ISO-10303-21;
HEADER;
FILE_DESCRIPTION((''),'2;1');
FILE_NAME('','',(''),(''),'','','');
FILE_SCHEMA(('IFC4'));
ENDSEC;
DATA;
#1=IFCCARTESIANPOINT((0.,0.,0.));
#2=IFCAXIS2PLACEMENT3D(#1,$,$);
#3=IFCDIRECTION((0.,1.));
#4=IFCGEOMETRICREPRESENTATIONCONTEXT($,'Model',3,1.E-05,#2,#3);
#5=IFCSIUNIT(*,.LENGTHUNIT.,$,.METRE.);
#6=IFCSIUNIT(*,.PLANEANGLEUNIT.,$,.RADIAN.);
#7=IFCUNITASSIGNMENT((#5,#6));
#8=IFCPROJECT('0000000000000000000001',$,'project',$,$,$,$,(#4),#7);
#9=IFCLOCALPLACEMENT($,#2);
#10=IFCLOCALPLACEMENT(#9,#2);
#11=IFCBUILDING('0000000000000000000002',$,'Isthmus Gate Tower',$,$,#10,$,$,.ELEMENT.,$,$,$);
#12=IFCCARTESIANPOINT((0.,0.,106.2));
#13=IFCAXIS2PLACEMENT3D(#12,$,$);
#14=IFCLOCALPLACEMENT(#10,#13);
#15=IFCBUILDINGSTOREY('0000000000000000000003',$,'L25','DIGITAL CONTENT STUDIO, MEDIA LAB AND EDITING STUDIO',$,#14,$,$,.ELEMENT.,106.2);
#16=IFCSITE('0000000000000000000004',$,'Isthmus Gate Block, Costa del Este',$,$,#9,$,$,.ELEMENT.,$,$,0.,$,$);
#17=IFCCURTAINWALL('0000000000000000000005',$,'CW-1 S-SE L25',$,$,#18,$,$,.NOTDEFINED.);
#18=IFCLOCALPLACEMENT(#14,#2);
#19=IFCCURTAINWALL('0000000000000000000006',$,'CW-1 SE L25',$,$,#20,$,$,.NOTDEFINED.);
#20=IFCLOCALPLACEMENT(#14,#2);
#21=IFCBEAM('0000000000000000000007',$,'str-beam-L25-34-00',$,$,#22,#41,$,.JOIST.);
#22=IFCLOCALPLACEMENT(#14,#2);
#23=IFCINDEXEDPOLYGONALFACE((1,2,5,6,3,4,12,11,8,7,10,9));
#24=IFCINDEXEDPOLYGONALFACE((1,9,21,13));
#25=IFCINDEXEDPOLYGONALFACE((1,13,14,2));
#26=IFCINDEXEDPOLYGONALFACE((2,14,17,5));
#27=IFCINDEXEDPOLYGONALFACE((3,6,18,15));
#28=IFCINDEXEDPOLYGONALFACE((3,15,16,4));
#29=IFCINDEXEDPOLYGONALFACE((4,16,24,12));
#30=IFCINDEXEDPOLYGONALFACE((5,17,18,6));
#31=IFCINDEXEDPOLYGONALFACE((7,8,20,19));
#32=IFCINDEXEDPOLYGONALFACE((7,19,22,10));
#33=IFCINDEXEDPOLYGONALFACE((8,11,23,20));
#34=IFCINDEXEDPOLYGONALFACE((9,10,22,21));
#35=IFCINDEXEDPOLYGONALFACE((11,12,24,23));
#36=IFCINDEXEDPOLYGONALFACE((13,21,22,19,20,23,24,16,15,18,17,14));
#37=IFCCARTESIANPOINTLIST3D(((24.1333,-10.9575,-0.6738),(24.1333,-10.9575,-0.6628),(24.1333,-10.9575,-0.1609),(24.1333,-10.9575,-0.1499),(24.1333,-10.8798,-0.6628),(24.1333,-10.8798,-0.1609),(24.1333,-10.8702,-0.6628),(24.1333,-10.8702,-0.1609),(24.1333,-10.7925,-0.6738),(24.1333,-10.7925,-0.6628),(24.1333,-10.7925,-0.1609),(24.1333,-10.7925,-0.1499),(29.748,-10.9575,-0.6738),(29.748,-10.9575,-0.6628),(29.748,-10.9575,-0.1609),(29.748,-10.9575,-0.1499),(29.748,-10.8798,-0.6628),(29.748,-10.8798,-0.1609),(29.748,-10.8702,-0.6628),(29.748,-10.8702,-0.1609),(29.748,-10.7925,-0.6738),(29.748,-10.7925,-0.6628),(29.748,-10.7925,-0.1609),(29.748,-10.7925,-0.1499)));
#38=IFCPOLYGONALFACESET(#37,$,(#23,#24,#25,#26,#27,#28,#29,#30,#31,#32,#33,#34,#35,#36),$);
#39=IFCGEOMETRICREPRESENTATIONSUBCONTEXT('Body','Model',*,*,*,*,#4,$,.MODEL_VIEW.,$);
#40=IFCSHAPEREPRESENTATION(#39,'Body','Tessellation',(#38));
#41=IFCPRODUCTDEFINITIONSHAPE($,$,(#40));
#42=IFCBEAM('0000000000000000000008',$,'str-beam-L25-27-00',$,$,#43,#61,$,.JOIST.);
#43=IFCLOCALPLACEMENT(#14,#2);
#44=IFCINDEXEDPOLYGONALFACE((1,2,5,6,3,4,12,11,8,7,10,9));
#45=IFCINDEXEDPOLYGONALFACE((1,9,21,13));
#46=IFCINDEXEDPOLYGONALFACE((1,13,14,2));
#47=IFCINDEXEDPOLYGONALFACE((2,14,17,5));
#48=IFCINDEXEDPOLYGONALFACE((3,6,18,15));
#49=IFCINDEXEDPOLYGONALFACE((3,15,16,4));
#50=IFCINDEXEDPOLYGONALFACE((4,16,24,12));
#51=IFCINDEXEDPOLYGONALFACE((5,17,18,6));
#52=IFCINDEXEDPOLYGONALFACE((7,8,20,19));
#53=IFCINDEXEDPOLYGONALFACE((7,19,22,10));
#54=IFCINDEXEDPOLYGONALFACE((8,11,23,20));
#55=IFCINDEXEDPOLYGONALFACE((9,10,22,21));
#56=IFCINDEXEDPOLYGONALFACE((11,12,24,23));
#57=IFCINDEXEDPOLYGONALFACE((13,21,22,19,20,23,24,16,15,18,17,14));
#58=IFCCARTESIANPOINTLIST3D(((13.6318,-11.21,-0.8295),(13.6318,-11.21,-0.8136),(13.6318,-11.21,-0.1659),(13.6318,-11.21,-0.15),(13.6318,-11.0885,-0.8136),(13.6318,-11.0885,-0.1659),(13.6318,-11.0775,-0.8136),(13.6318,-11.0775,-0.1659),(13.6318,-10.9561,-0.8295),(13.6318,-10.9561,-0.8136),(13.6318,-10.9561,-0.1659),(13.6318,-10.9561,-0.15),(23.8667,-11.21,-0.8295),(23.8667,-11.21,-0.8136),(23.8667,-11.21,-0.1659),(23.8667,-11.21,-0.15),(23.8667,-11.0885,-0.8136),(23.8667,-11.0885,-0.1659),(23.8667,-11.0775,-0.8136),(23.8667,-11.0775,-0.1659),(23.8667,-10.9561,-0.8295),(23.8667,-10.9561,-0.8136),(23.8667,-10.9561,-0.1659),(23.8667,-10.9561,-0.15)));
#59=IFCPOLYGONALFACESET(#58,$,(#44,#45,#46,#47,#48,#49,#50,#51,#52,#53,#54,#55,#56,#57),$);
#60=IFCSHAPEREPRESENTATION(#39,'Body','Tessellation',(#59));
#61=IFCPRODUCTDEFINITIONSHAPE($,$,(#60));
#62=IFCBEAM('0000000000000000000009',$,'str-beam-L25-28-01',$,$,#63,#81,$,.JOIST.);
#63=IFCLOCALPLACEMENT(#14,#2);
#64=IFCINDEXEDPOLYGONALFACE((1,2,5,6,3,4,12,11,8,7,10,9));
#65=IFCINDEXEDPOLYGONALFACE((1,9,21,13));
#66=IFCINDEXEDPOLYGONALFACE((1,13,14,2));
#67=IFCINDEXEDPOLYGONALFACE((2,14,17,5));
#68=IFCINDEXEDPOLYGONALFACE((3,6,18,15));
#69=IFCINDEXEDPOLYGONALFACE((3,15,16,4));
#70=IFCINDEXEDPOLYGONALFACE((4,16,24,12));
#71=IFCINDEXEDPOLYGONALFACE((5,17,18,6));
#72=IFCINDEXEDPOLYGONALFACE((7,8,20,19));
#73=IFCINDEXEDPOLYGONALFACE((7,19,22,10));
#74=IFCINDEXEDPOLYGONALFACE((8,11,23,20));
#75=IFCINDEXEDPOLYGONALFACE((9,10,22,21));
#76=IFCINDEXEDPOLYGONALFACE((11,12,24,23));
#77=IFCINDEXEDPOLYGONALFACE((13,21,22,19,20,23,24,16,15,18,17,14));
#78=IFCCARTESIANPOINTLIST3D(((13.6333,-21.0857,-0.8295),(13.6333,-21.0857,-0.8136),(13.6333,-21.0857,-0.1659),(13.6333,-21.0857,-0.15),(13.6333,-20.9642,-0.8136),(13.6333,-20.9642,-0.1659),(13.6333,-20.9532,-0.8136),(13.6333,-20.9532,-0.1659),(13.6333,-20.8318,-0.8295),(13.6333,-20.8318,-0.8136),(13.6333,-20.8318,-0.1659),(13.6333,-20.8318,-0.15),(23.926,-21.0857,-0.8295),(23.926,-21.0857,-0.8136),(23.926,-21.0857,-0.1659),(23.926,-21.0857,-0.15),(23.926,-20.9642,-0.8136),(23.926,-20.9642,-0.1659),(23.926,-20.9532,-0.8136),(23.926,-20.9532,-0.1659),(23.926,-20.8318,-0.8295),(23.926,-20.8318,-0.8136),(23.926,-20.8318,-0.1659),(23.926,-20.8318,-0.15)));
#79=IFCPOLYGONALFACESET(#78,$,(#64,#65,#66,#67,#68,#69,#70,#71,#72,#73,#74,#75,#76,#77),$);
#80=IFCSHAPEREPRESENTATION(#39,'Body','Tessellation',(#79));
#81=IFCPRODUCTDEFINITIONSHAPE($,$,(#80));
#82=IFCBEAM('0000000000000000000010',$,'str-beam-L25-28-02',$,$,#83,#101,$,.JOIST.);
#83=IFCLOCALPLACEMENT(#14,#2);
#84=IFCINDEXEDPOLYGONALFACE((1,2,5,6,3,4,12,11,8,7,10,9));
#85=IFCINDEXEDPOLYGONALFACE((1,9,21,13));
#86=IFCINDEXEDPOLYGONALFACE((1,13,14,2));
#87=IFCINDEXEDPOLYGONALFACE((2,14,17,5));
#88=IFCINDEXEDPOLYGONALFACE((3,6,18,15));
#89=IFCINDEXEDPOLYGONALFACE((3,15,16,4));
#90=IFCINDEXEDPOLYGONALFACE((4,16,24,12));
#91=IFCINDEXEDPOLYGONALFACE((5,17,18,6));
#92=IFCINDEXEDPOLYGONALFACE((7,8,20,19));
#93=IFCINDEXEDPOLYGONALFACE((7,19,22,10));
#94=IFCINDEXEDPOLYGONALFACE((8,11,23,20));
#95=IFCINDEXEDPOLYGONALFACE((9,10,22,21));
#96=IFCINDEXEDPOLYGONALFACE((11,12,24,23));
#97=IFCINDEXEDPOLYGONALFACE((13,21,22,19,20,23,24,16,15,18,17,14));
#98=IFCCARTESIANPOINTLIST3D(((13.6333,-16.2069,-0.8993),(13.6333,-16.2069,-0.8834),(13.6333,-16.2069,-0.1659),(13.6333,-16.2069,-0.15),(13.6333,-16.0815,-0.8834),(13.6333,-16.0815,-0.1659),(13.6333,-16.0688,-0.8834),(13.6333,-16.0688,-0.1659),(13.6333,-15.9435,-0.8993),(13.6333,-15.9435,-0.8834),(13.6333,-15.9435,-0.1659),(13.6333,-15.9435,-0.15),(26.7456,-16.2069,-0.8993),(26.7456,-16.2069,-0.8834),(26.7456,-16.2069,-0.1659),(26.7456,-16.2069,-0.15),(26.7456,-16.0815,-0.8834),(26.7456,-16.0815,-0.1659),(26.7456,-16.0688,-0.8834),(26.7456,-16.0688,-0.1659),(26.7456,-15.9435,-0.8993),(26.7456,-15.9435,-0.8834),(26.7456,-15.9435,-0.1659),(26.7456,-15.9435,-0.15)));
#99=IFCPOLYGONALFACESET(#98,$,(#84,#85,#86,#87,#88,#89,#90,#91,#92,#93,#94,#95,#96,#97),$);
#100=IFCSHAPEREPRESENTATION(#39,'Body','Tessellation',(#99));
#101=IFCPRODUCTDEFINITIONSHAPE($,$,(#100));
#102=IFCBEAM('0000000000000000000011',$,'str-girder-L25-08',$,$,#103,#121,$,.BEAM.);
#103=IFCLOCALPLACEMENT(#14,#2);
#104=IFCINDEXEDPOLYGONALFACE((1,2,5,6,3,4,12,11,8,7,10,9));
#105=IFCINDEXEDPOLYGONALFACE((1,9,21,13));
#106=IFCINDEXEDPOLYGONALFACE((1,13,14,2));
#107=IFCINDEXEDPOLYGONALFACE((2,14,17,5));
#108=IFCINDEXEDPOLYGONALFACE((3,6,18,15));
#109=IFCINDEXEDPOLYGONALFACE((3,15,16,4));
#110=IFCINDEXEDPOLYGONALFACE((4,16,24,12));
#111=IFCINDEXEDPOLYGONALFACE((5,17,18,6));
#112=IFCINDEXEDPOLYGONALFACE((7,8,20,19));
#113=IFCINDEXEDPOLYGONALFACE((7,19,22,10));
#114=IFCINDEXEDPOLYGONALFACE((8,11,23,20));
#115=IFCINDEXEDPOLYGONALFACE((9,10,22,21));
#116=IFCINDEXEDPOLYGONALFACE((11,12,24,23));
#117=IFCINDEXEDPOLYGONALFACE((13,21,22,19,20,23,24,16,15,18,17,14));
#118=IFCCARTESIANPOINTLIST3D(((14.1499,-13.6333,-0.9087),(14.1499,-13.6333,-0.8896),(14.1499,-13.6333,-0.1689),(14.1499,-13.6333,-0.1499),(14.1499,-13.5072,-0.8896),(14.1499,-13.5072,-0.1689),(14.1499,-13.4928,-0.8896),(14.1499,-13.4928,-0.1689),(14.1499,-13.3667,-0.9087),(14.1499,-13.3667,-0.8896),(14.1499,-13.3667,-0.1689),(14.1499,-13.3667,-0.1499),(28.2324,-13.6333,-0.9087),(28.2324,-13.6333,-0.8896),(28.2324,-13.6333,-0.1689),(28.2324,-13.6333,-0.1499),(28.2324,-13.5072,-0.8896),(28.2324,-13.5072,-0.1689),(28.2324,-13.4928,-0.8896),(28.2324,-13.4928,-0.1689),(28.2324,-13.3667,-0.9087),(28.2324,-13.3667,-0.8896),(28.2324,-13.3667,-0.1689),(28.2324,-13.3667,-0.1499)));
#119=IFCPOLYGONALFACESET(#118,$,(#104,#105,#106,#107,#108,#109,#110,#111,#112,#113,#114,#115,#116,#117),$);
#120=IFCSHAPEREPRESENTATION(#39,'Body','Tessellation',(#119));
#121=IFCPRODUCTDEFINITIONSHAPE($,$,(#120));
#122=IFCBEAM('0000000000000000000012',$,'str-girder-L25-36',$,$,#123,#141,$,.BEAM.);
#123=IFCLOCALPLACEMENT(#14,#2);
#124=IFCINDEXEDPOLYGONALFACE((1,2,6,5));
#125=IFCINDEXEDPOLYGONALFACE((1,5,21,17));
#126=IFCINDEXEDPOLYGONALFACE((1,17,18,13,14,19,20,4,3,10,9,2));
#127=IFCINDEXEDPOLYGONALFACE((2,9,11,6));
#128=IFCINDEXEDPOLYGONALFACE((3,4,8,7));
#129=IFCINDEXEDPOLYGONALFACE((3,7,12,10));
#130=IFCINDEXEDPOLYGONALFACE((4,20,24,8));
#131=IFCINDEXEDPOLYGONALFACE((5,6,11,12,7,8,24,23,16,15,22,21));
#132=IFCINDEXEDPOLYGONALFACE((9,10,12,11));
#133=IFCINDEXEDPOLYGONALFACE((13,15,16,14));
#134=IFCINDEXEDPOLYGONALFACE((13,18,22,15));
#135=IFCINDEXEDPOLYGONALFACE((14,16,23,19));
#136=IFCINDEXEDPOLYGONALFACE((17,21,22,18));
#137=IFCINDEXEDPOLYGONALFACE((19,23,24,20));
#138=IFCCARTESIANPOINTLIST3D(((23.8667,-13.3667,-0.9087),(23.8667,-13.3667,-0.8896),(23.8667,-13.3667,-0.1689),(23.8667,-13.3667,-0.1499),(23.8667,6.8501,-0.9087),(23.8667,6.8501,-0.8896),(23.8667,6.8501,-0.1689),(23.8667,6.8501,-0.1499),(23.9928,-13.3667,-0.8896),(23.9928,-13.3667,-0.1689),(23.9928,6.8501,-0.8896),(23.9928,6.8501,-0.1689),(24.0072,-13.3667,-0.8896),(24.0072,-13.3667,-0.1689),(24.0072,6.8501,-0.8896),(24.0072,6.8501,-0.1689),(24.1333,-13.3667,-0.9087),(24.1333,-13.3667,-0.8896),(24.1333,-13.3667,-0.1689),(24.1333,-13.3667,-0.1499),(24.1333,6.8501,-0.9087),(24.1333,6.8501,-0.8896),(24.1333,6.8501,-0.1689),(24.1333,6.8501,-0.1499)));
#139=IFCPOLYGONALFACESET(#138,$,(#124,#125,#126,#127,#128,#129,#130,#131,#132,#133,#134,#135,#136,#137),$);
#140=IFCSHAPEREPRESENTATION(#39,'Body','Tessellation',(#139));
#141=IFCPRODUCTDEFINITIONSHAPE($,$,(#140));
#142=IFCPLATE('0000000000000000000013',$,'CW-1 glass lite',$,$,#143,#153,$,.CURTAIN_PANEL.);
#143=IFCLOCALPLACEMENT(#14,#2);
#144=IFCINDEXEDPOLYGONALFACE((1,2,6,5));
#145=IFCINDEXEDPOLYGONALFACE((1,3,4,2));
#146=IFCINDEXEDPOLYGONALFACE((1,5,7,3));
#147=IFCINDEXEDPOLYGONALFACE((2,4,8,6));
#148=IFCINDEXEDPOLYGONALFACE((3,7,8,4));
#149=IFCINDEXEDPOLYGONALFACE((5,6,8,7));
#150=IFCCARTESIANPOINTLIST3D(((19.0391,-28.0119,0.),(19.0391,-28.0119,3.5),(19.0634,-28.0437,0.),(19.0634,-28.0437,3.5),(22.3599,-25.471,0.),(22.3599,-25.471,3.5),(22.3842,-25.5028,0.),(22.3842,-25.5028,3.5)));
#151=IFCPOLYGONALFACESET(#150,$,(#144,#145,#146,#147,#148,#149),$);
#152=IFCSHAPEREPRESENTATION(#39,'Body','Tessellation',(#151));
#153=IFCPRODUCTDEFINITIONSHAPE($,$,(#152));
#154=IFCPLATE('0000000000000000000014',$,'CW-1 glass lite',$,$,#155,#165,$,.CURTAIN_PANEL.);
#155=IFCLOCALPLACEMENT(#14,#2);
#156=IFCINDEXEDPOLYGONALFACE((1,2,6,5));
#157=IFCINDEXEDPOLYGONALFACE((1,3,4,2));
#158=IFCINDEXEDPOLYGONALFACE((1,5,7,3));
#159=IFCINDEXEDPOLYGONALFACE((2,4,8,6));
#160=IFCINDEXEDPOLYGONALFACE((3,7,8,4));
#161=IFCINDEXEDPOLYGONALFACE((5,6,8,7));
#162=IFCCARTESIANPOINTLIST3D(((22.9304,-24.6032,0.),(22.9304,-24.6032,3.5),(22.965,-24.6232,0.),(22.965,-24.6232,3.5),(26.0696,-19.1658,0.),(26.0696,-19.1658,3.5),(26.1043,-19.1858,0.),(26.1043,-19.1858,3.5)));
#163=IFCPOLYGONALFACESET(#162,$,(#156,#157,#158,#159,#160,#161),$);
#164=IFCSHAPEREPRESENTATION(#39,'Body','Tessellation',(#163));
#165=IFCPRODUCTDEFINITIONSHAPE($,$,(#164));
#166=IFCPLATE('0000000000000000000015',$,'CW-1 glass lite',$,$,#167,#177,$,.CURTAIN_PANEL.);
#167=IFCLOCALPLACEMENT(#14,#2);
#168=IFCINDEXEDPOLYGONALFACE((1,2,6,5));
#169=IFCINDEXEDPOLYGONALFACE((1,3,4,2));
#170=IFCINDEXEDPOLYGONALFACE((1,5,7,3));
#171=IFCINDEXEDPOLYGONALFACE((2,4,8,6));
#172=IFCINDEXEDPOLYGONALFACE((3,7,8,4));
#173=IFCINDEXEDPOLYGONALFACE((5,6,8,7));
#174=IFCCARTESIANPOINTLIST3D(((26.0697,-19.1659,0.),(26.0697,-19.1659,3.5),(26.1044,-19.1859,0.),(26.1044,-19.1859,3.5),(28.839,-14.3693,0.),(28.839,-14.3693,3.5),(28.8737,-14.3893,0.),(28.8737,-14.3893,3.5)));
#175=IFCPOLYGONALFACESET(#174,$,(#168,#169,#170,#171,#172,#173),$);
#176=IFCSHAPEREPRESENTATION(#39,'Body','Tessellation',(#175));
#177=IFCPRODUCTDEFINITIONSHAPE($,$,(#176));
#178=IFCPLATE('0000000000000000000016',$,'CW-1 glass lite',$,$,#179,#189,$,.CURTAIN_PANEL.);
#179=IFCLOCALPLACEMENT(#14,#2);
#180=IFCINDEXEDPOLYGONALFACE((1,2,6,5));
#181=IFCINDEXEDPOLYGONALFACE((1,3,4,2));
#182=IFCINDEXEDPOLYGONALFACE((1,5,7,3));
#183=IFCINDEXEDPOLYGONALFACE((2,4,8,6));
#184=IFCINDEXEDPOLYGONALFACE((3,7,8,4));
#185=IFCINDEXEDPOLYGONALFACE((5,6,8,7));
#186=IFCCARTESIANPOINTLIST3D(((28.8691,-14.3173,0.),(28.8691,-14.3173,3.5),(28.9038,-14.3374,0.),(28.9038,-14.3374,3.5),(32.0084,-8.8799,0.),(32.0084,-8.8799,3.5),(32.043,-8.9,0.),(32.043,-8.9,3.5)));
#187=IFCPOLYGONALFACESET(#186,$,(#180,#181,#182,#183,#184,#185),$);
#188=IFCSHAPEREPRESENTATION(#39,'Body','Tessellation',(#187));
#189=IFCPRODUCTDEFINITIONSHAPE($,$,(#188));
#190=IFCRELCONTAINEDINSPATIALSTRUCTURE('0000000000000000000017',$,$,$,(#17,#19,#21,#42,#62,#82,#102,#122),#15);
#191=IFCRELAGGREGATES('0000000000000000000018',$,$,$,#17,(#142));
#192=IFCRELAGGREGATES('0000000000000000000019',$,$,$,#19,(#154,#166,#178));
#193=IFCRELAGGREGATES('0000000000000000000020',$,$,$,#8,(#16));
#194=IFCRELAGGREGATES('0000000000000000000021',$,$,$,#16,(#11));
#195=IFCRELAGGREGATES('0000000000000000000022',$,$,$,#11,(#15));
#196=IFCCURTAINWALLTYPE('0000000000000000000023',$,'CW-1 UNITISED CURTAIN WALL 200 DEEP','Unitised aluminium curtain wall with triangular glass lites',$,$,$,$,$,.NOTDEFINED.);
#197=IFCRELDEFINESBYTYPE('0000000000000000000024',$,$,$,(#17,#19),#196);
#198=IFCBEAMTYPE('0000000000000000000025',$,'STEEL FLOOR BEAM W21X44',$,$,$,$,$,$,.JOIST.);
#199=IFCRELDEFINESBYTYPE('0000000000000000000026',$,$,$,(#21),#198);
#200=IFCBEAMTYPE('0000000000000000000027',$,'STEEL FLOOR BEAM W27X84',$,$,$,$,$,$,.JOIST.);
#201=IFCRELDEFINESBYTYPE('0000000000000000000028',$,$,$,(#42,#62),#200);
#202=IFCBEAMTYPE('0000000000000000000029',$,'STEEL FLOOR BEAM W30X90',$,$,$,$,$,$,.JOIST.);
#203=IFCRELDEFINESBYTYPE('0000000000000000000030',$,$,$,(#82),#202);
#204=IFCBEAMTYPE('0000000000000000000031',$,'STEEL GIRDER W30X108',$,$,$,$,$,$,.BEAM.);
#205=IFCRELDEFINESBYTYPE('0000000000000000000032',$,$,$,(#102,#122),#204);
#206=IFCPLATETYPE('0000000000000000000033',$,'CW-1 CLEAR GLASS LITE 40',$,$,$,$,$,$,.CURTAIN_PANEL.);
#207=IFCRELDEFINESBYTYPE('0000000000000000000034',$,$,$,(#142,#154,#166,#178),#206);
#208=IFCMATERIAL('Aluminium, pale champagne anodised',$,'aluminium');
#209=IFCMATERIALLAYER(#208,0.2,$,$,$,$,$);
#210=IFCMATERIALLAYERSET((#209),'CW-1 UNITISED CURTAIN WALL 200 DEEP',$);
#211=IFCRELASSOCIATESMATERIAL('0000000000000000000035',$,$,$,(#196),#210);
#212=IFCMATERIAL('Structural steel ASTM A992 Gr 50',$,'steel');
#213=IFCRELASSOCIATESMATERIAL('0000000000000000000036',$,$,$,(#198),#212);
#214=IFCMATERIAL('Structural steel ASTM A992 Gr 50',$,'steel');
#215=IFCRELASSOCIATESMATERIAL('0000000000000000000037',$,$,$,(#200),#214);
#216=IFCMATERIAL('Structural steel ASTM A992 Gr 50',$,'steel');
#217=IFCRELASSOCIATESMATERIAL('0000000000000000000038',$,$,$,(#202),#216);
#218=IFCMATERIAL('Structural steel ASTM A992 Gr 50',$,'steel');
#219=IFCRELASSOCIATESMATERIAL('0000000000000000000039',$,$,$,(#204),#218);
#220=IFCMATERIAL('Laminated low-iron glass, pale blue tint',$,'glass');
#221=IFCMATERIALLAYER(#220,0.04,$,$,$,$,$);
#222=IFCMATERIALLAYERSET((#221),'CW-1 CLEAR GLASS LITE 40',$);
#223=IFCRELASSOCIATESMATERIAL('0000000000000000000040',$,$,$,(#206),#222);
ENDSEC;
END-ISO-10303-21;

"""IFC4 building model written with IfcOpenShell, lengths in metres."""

from ifc_helpers import new_model, si_unit, direction, frame, origin, origin_2d, place, context, subcontext, project, spatial, rectangle, i_section, extrude, material, layer, layer_set, material_profile, profile_set, type_object, element, aggregate, save


model = new_model("IFC4")

# Units and contexts
model_context = context("Model", 3, precision=1e-05, world=origin(), true_north=direction((0.0, 1.0)))
body_context = subcontext(model_context, "Body", "Model", "MODEL_VIEW")
ifc_project = project(units=[si_unit("LENGTHUNIT", "METRE"), si_unit("PLANEANGLEUNIT", "RADIAN")], contexts=[model_context])

# Site, building, storey
site_placement = place(None, origin())
site = spatial("IfcSite", under=ifc_project, at=site_placement, Name="Isthmus Gate Block, Costa del Este", CompositionType="ELEMENT", RefElevation=0.0)
building_placement = place(site_placement, origin())
building = spatial("IfcBuilding", under=site, at=building_placement, Name="Isthmus Gate Tower", CompositionType="ELEMENT")
storey_placement = place(building_placement, frame((0.0, 0.0, 106.2)))
storey = spatial("IfcBuildingStorey", under=building, at=storey_placement, Name="L25", Description="DIGITAL CONTENT STUDIO, MEDIA LAB AND EDITING STUDIO", CompositionType="ELEMENT", Elevation=106.2)

# Curtain wall
ifc_material_1 = material(Name="Aluminium, pale champagne anodised", Category="aluminium")
ifc_layer_1 = layer(ifc_material_1, 0.2)
ifc_layer_set_1 = layer_set([ifc_layer_1], Name="CW-1 UNITISED CURTAIN WALL 200 DEEP")
curtain_wall_type = type_object("IfcCurtainWallType", Name="CW-1 UNITISED CURTAIN WALL 200 DEEP", Description="Unitised aluminium curtain wall with triangular glass lites", PredefinedType="NOTDEFINED", material=ifc_layer_set_1)
curtain_wall_1_placement = place(storey_placement, origin())
curtain_wall_1 = element("IfcCurtainWall", 1, at=curtain_wall_1_placement, inside=storey, type_object=curtain_wall_type, Name="CW-1 S-SE L25", PredefinedType="NOTDEFINED")

# Curtain wall
curtain_wall_2_placement = place(storey_placement, origin())
curtain_wall_2 = element("IfcCurtainWall", 2, at=curtain_wall_2_placement, inside=storey, type_object=curtain_wall_type, Name="CW-1 SE L25", PredefinedType="NOTDEFINED")

# Beams
ifc_material_2 = material(Name="Structural steel ASTM A992 Gr 50", Category="steel")
ifc_material_profile_1 = material_profile(ifc_material_2, i_section(OverallWidth=0.165, OverallDepth=0.5239, WebThickness=0.0095, FlangeThickness=0.011, at=origin_2d()), Name="W21X44")
ifc_profile_set_1 = profile_set([ifc_material_profile_1], Name="Structural steel ASTM A992 Gr 50")
beam_type_1 = type_object("IfcBeamType", Name="STEEL FLOOR BEAM W21X44", PredefinedType="JOIST", material=ifc_profile_set_1)
beam_1_placement = place(storey_placement, frame((24.1333, -10.875, -0.4119), z_axis=(1.0, 0.0, 0.0), x_axis=(0.0, 1.0, 0.0)))
element("IfcBeam", 3, at=beam_1_placement, inside=storey, type_object=beam_type_1, Name="str-beam-L25-34-00", PredefinedType="JOIST", context=body_context, shape_type="SweptSolid", body=[
    extrude(i_section(OverallWidth=0.165, OverallDepth=0.5239, WebThickness=0.0095, FlangeThickness=0.011, at=origin_2d()), origin(), (0.0, 0.0, 1.0), 5.6147),
])
ifc_material_3 = material(Name="Structural steel ASTM A992 Gr 50", Category="steel")
ifc_material_profile_2 = material_profile(ifc_material_3, i_section(OverallWidth=0.2539, OverallDepth=0.6794, WebThickness=0.011, FlangeThickness=0.0159, at=origin_2d()), Name="W27X84")
ifc_profile_set_2 = profile_set([ifc_material_profile_2], Name="Structural steel ASTM A992 Gr 50")
beam_type_2 = type_object("IfcBeamType", Name="STEEL FLOOR BEAM W27X84", PredefinedType="JOIST", material=ifc_profile_set_2)
beam_2_placement = place(storey_placement, frame((13.6318, -11.083, -0.4897), z_axis=(1.0, 0.0, 0.0), x_axis=(0.0, 1.0, 0.0)))
element("IfcBeam", 4, at=beam_2_placement, inside=storey, type_object=beam_type_2, Name="str-beam-L25-27-00", PredefinedType="JOIST", context=body_context, shape_type="SweptSolid", body=[
    extrude(i_section(OverallWidth=0.2539, OverallDepth=0.6794, WebThickness=0.011, FlangeThickness=0.0159, at=origin_2d()), origin(), (0.0, 0.0, 1.0), 10.2349),
])
beam_3_placement = place(storey_placement, frame((13.6333, -20.9587, -0.4897), z_axis=(1.0, 0.0, 0.0), x_axis=(0.0, 1.0, 0.0)))
element("IfcBeam", 5, at=beam_3_placement, inside=storey, type_object=beam_type_2, Name="str-beam-L25-28-01", PredefinedType="JOIST", context=body_context, shape_type="SweptSolid", body=[
    extrude(i_section(OverallWidth=0.2539, OverallDepth=0.6794, WebThickness=0.011, FlangeThickness=0.0159, at=origin_2d()), origin(), (0.0, 0.0, 1.0), 10.2927),
])
ifc_material_4 = material(Name="Structural steel ASTM A992 Gr 50", Category="steel")
ifc_material_profile_3 = material_profile(ifc_material_4, i_section(OverallWidth=0.2634, OverallDepth=0.7493, WebThickness=0.0127, FlangeThickness=0.0159, at=origin_2d()), Name="W30X90")
ifc_profile_set_3 = profile_set([ifc_material_profile_3], Name="Structural steel ASTM A992 Gr 50")
beam_type_3 = type_object("IfcBeamType", Name="STEEL FLOOR BEAM W30X90", PredefinedType="JOIST", material=ifc_profile_set_3)
beam_4_placement = place(storey_placement, frame((13.6333, -16.0752, -0.5247), z_axis=(1.0, 0.0, 0.0), x_axis=(0.0, 1.0, 0.0)))
element("IfcBeam", 6, at=beam_4_placement, inside=storey, type_object=beam_type_3, Name="str-beam-L25-28-02", PredefinedType="JOIST", context=body_context, shape_type="SweptSolid", body=[
    extrude(i_section(OverallWidth=0.2634, OverallDepth=0.7493, WebThickness=0.0127, FlangeThickness=0.0159, at=origin_2d()), origin(), (0.0, 0.0, 1.0), 13.1123),
])
ifc_material_5 = material(Name="Structural steel ASTM A992 Gr 50", Category="steel")
ifc_material_profile_4 = material_profile(ifc_material_5, i_section(OverallWidth=0.2666, OverallDepth=0.7588, WebThickness=0.0144, FlangeThickness=0.019, at=origin_2d()), Name="W30X108")
ifc_profile_set_4 = profile_set([ifc_material_profile_4], Name="Structural steel ASTM A992 Gr 50")
beam_type_4 = type_object("IfcBeamType", Name="STEEL GIRDER W30X108", PredefinedType="BEAM", material=ifc_profile_set_4)
beam_5_placement = place(storey_placement, frame((14.1499, -13.5, -0.5293), z_axis=(1.0, 0.0, 0.0), x_axis=(0.0, 1.0, 0.0)))
element("IfcBeam", 7, at=beam_5_placement, inside=storey, type_object=beam_type_4, Name="str-girder-L25-08", PredefinedType="BEAM", context=body_context, shape_type="SweptSolid", body=[
    extrude(i_section(OverallWidth=0.2666, OverallDepth=0.7588, WebThickness=0.0144, FlangeThickness=0.019, at=origin_2d()), origin(), (0.0, 0.0, 1.0), 14.0825),
])
beam_6_placement = place(storey_placement, frame((24.0, -13.3667, -0.5293), z_axis=(0.0, 1.0, 0.0), x_axis=(-1.0, 0.0, 0.0)))
element("IfcBeam", 8, at=beam_6_placement, inside=storey, type_object=beam_type_4, Name="str-girder-L25-36", PredefinedType="BEAM", context=body_context, shape_type="SweptSolid", body=[
    extrude(i_section(OverallWidth=0.2666, OverallDepth=0.7588, WebThickness=0.0144, FlangeThickness=0.019, at=origin_2d()), origin(), (0.0, 0.0, 1.0), 20.2168),
])

# Plates
ifc_material_6 = material(Name="Laminated low-iron glass, pale blue tint", Category="glass")
ifc_layer_2 = layer(ifc_material_6, 0.04)
ifc_layer_set_2 = layer_set([ifc_layer_2], Name="CW-1 CLEAR GLASS LITE 40")
plate_type = type_object("IfcPlateType", Name="CW-1 CLEAR GLASS LITE 40", PredefinedType="CURTAIN_PANEL", material=ifc_layer_set_2)
plate_1_placement = place(storey_placement, frame((20.7117, -26.7573, 0.0), z_axis=(0.0, 0.0, 1.0), x_axis=(0.794189, 0.607671, 0.0)))
plate_1 = element("IfcPlate", 9, at=plate_1_placement, type_object=plate_type, Name="CW-1 glass lite", PredefinedType="CURTAIN_PANEL", context=body_context, shape_type="SweptSolid", body=[
    extrude(rectangle(XDim=4.1814, YDim=0.04, at=origin_2d()), origin(), (0.0, 0.0, 1.0), 3.5),
])
aggregate(curtain_wall_1, [plate_1])
plate_2_placement = place(storey_placement, frame((24.5173, -21.8945, 0.0), z_axis=(0.0, 0.0, 1.0), x_axis=(0.5, 0.866025, 0.0)))
plate_2 = element("IfcPlate", 10, at=plate_2_placement, type_object=plate_type, Name="CW-1 glass lite", PredefinedType="CURTAIN_PANEL", context=body_context, shape_type="SweptSolid", body=[
    extrude(rectangle(XDim=6.2786, YDim=0.04, at=origin_2d()), origin(), (0.0, 0.0, 1.0), 3.5),
])
plate_3_placement = place(storey_placement, frame((27.4717, -16.7776, 0.0), z_axis=(0.0, 0.0, 1.0), x_axis=(0.5, 0.866025, 0.0)))
plate_3 = element("IfcPlate", 11, at=plate_3_placement, type_object=plate_type, Name="CW-1 glass lite", PredefinedType="CURTAIN_PANEL", context=body_context, shape_type="SweptSolid", body=[
    extrude(rectangle(XDim=5.5386, YDim=0.04, at=origin_2d()), origin(), (0.0, 0.0, 1.0), 3.5),
])
plate_4_placement = place(storey_placement, frame((30.4561, -11.6086, 0.0), z_axis=(0.0, 0.0, 1.0), x_axis=(0.5, 0.866025, 0.0)))
plate_4 = element("IfcPlate", 12, at=plate_4_placement, type_object=plate_type, Name="CW-1 glass lite", PredefinedType="CURTAIN_PANEL", context=body_context, shape_type="SweptSolid", body=[
    extrude(rectangle(XDim=6.2786, YDim=0.04, at=origin_2d()), origin(), (0.0, 0.0, 1.0), 3.5),
])
aggregate(curtain_wall_2, [plate_2, plate_3, plate_4])

save(model, "model.ifc")
